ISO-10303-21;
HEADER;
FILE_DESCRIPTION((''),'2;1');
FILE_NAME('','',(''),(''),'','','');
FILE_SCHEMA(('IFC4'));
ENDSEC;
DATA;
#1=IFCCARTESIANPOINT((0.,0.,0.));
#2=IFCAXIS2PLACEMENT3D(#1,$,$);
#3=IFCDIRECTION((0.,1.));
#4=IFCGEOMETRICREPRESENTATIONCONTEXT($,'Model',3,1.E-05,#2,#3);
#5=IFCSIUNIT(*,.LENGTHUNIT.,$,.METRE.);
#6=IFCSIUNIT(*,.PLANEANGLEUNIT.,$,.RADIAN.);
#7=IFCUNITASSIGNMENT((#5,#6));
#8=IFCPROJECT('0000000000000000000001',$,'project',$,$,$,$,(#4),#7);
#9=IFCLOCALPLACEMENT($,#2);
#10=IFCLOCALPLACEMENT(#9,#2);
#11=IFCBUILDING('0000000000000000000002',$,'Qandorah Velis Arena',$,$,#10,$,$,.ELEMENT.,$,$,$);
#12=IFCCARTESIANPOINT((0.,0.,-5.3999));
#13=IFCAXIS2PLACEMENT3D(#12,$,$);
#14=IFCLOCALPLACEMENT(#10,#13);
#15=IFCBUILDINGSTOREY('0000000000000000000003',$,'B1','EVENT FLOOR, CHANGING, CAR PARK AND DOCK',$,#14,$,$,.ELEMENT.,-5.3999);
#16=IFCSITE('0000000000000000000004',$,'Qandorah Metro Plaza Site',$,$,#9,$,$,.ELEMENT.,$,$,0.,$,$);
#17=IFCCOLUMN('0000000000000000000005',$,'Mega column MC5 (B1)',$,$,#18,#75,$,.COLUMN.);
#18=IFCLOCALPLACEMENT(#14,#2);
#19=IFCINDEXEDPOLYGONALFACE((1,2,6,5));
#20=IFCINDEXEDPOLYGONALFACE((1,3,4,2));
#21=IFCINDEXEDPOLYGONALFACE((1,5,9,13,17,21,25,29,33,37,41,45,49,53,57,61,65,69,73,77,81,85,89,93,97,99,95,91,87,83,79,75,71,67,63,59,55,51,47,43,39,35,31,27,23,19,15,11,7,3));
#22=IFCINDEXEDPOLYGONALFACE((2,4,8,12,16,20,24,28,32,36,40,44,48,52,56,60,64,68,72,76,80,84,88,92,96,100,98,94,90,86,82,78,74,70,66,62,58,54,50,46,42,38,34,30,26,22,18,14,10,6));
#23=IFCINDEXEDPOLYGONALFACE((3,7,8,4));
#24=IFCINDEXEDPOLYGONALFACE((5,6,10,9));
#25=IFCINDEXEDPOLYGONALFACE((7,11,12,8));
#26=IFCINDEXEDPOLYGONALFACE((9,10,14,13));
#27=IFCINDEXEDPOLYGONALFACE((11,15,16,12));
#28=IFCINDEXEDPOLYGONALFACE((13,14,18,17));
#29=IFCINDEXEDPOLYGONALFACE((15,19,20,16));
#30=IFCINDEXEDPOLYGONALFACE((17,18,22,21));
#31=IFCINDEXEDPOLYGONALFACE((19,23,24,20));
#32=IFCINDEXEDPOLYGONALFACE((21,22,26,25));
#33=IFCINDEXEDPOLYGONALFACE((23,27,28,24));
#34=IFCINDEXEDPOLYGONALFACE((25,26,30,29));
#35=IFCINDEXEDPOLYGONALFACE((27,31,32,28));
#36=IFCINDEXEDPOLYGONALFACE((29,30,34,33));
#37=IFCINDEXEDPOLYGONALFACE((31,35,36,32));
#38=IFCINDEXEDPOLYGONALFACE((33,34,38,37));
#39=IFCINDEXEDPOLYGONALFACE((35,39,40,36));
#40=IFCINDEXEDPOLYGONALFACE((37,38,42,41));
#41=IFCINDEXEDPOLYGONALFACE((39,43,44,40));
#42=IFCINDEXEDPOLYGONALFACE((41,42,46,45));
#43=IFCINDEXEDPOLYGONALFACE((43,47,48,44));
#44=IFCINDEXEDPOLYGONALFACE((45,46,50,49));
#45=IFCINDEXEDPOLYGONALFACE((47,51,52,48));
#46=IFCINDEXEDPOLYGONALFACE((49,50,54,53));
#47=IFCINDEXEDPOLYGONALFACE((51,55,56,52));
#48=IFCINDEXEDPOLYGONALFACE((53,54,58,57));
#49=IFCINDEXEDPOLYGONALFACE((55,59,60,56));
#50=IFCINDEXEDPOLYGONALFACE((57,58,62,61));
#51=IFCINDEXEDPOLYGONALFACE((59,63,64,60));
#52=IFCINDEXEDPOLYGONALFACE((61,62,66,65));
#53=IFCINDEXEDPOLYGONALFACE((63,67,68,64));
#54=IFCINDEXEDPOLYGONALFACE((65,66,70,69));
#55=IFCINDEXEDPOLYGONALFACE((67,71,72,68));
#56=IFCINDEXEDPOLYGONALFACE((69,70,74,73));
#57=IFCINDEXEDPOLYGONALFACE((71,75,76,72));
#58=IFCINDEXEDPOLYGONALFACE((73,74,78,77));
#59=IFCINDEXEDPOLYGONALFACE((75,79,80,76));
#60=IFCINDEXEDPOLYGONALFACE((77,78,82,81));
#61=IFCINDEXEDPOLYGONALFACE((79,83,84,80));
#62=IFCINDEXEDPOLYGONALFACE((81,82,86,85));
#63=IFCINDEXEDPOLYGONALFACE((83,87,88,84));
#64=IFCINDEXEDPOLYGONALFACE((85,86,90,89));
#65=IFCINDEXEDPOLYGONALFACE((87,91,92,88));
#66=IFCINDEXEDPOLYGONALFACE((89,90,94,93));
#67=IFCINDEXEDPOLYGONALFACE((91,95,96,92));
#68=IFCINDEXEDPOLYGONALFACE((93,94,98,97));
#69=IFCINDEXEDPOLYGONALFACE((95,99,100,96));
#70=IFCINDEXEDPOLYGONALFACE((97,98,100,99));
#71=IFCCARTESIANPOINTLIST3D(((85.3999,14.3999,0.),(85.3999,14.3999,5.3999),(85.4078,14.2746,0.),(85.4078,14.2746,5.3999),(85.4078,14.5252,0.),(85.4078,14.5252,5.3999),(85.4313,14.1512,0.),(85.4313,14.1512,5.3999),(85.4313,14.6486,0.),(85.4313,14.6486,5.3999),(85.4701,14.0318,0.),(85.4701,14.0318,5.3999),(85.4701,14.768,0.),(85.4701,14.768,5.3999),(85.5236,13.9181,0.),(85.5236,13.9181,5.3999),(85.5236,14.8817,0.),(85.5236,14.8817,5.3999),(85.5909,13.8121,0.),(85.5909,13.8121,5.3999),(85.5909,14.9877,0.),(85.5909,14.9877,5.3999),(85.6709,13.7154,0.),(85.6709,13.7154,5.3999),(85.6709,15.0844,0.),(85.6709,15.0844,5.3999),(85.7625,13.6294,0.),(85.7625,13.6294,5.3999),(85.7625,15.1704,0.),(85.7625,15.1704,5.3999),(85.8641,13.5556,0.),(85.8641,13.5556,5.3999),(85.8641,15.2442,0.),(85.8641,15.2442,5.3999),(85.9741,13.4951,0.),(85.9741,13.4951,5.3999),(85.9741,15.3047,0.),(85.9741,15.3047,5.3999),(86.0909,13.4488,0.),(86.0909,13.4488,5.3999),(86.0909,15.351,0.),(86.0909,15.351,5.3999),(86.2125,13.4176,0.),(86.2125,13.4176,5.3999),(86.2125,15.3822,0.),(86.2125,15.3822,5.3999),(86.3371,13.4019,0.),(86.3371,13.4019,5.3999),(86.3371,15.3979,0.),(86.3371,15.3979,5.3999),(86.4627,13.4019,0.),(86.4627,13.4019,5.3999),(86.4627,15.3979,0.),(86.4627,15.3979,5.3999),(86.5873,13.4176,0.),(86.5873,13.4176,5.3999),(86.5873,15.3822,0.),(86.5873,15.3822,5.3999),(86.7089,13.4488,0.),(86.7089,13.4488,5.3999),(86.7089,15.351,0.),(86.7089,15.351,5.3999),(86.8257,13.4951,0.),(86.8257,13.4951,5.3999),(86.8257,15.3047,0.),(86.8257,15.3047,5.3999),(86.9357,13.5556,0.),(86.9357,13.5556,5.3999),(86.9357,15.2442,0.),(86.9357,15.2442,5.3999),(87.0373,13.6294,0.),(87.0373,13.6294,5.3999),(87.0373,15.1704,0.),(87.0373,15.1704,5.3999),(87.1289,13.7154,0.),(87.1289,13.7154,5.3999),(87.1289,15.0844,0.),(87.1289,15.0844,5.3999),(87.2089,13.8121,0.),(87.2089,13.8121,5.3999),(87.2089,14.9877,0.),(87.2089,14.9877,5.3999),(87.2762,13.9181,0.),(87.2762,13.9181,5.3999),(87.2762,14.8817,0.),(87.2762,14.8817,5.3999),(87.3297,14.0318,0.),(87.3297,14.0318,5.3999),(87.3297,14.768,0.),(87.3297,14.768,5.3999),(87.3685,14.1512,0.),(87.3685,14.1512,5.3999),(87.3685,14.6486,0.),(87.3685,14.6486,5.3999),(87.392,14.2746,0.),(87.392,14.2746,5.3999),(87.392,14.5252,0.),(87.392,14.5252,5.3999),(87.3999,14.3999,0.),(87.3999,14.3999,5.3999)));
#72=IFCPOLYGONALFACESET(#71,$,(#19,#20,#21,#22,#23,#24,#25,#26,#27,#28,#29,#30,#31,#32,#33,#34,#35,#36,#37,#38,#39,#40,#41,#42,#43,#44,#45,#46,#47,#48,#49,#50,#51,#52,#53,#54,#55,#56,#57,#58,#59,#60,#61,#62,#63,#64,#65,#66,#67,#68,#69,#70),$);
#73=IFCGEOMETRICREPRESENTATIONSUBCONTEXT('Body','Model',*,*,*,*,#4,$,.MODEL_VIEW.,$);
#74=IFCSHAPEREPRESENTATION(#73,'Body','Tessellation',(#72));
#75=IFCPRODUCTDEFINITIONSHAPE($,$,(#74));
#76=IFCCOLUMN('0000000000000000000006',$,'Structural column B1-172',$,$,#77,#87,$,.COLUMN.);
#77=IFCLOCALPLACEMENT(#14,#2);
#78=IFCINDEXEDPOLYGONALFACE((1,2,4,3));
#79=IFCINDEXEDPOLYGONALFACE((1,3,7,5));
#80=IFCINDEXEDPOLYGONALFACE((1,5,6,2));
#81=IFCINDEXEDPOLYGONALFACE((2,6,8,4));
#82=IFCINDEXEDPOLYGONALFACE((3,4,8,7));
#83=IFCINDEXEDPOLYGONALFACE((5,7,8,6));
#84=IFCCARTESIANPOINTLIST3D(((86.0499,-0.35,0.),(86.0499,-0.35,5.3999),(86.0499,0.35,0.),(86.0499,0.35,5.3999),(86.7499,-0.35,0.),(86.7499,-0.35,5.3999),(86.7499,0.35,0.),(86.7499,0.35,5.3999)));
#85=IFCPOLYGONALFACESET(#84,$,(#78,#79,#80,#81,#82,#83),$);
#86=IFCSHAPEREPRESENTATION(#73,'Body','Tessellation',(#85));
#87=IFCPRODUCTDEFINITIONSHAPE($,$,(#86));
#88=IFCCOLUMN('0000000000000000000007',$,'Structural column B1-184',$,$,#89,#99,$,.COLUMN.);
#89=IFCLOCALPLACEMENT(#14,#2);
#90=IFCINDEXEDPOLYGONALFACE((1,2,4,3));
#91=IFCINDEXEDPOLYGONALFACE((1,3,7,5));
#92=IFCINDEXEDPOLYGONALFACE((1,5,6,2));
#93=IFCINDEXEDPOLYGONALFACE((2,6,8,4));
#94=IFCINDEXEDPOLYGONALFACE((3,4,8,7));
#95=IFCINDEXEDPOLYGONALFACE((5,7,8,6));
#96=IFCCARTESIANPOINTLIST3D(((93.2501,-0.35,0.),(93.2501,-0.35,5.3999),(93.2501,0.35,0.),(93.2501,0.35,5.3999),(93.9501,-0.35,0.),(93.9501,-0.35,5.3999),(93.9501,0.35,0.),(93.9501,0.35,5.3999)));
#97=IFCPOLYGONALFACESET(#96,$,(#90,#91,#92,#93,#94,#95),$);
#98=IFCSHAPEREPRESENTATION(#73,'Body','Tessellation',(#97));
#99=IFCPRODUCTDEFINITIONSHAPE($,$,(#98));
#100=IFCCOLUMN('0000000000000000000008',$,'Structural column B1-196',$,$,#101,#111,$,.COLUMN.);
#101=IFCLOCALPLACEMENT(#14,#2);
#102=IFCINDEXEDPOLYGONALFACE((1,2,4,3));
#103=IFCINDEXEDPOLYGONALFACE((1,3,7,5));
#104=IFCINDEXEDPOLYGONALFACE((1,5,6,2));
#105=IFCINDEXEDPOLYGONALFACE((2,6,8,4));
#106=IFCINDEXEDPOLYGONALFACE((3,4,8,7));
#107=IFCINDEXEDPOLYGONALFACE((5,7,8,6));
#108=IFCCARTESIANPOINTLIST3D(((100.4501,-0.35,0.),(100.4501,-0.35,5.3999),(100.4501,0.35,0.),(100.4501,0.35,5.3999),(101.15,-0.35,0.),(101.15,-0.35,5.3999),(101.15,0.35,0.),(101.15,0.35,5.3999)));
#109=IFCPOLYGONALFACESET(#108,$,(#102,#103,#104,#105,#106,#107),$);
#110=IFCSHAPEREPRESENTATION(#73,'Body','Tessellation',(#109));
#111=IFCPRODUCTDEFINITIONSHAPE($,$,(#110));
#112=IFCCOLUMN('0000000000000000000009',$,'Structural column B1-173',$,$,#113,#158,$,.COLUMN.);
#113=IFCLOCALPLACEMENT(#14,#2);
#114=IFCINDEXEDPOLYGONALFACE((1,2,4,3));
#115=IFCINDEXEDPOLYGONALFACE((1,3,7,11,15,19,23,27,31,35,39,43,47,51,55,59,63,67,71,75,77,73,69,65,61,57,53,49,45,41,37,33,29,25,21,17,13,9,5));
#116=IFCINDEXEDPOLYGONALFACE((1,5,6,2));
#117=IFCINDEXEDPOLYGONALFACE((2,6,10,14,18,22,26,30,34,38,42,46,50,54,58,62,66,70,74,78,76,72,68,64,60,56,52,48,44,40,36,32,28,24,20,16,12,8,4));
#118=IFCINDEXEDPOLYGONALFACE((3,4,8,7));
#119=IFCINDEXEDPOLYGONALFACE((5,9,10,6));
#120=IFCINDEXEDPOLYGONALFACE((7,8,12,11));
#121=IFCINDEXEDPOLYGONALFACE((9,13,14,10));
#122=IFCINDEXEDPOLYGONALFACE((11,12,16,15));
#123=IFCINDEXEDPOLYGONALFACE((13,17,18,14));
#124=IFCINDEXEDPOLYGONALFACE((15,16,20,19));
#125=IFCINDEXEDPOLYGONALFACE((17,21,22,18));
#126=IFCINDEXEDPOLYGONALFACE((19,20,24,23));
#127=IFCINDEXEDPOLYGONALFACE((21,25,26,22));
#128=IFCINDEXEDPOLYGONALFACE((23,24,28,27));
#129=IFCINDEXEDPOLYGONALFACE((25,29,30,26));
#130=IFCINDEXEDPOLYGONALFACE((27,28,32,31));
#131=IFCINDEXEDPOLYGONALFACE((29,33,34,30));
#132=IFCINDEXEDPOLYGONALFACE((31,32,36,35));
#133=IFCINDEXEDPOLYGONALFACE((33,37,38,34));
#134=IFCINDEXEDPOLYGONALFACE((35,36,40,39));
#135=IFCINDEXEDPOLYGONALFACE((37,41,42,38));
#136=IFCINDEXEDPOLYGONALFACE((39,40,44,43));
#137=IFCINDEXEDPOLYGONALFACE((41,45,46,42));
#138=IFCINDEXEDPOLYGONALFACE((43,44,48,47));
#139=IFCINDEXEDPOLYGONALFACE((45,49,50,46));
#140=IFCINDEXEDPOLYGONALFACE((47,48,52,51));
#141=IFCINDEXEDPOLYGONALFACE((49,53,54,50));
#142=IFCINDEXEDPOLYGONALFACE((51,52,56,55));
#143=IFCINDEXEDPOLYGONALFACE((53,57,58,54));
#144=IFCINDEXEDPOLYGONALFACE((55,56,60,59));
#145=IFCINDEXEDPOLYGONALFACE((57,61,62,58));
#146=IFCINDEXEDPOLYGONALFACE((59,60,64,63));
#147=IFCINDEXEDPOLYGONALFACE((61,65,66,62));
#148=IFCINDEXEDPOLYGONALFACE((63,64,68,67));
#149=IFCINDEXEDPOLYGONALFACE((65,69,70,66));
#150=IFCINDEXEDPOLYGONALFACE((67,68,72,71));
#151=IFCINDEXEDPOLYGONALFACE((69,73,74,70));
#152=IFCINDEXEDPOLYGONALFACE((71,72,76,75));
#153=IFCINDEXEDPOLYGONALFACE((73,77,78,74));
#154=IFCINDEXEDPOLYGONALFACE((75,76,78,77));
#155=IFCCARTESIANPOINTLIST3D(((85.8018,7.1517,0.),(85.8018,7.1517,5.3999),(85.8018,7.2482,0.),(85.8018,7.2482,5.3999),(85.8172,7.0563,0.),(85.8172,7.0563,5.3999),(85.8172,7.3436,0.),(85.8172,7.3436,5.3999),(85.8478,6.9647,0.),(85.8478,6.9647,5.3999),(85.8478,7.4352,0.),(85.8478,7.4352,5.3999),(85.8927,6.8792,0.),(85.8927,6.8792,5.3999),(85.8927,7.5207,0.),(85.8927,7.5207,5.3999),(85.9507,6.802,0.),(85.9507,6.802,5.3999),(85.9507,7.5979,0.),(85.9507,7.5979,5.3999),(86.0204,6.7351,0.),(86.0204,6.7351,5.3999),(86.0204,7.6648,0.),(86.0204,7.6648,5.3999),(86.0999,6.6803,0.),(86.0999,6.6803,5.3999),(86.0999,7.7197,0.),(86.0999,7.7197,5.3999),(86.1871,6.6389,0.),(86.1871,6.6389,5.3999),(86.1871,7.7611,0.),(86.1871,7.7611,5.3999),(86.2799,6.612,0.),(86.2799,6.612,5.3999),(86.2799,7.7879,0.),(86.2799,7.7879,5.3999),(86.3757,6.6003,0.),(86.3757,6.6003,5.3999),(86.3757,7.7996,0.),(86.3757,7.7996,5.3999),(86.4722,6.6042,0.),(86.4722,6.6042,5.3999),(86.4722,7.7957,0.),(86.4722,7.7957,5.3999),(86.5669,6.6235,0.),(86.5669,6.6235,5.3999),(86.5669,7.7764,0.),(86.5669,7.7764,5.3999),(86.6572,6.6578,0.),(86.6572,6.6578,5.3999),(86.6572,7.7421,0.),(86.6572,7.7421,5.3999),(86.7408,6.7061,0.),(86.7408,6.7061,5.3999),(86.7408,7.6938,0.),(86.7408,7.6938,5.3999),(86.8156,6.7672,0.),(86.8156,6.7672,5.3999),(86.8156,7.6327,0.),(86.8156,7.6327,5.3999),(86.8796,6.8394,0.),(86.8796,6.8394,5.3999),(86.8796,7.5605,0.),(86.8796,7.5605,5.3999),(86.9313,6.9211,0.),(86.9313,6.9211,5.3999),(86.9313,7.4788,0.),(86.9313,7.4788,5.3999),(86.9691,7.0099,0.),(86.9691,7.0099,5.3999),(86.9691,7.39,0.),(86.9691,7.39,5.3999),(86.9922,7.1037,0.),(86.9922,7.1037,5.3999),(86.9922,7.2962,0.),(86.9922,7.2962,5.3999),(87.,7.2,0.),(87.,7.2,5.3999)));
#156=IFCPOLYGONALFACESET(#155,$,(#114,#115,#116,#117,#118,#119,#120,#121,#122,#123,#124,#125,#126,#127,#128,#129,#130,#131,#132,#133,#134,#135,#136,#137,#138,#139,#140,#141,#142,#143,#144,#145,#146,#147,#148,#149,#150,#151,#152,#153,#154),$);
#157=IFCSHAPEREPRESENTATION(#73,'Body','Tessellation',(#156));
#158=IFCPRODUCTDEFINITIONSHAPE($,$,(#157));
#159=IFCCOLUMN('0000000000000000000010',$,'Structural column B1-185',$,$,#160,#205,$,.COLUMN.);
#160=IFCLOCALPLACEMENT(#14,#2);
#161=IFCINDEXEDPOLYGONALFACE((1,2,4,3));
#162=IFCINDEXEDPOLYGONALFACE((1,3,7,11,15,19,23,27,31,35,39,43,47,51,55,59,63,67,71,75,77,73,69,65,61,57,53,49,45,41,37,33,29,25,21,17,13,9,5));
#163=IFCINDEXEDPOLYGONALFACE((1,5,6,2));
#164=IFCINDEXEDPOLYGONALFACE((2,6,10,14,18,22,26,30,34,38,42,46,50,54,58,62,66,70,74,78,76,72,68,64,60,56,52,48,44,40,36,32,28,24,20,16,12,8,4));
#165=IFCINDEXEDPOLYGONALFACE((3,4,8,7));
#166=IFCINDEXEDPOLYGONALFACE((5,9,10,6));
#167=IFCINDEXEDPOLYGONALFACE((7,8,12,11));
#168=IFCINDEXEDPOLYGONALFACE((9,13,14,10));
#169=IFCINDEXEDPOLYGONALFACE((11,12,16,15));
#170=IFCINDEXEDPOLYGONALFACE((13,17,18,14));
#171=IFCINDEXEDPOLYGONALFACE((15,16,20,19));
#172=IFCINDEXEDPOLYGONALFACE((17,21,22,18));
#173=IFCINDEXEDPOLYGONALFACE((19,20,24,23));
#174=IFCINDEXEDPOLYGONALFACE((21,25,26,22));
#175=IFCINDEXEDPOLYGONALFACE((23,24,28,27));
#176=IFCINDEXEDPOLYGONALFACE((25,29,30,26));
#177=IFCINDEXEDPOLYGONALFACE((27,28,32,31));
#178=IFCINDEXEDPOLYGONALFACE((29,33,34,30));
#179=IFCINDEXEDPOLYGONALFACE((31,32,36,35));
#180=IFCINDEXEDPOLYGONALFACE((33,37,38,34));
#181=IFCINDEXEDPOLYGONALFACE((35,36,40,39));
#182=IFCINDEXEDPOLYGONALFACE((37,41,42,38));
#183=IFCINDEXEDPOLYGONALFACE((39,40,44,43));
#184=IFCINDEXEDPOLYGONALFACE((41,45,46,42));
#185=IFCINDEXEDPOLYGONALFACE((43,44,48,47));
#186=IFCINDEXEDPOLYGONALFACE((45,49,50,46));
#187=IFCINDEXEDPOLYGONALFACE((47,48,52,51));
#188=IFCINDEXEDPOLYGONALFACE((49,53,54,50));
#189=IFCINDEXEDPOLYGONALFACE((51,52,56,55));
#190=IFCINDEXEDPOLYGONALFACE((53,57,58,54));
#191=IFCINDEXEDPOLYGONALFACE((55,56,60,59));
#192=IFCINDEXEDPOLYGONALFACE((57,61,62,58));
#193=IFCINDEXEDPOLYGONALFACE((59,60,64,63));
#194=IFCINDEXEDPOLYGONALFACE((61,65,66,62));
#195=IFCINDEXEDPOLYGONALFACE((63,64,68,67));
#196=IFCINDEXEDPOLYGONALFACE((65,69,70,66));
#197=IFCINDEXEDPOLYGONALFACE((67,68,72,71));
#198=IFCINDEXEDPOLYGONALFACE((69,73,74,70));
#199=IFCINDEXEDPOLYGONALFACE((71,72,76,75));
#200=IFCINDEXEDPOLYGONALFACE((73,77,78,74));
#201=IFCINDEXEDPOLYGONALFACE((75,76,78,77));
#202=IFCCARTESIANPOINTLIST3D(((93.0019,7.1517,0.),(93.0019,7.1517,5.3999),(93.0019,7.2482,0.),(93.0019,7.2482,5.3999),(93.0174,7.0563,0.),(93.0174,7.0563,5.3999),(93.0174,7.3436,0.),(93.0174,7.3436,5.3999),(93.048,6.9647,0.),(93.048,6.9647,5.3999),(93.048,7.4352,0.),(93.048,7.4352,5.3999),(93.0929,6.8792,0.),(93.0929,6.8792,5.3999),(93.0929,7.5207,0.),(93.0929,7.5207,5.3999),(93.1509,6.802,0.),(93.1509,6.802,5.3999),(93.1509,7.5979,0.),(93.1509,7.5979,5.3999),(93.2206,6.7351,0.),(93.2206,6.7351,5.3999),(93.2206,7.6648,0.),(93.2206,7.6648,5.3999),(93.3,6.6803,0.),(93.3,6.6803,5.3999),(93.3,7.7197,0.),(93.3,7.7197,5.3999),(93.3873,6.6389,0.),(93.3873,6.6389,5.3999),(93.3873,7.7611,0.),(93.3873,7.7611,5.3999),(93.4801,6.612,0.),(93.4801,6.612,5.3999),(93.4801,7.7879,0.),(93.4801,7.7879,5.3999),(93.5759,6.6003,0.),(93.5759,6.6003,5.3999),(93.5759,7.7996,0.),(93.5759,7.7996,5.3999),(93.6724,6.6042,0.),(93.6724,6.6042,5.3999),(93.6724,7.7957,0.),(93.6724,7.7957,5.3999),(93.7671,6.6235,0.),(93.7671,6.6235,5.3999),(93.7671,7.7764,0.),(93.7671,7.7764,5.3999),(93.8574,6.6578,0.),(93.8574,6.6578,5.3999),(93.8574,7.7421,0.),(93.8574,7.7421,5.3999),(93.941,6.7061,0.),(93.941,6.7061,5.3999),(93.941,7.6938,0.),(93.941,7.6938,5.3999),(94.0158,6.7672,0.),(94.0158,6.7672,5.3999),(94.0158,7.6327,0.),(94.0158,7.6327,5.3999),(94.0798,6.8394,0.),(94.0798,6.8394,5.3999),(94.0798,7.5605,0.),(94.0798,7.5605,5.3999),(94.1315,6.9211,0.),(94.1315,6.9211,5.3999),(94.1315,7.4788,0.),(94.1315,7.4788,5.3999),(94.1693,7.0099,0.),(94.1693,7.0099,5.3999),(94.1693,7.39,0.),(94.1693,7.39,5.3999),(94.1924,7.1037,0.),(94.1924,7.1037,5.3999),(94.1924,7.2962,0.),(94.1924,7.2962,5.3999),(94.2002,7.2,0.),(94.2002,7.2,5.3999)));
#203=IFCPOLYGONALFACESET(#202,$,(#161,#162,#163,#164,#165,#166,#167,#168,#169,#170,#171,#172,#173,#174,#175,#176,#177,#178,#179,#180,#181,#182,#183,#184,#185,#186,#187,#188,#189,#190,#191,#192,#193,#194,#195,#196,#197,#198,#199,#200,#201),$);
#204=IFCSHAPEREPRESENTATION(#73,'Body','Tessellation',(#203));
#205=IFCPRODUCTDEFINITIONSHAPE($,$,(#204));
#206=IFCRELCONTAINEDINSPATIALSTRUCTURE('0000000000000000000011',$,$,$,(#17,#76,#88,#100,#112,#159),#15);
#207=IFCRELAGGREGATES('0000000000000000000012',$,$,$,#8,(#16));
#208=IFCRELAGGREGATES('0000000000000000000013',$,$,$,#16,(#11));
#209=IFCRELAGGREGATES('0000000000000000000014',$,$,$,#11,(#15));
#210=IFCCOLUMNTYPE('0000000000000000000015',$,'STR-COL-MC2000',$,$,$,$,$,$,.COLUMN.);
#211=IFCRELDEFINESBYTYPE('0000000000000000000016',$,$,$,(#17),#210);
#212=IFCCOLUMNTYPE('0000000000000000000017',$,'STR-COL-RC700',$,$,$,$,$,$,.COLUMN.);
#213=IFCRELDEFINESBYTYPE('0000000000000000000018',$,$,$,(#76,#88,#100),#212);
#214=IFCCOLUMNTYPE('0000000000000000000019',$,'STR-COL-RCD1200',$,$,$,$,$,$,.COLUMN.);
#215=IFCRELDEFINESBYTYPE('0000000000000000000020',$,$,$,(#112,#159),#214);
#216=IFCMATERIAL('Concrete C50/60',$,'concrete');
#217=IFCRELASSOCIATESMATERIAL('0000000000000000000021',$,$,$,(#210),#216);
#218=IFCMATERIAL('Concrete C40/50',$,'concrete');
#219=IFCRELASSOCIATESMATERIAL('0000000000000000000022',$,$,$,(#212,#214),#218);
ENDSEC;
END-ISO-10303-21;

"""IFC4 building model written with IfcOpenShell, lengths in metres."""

from ifc_helpers import new_model, si_unit, direction, frame, origin, origin_2d, place, context, subcontext, project, spatial, rectangle, circle, extrude, material, material_profile, profile_set, type_object, element, save


model = new_model("IFC4")

# Units and contexts
model_context = context("Model", 3, precision=1e-05, world=origin(), true_north=direction((0.0, 1.0)))
body_context = subcontext(model_context, "Body", "Model", "MODEL_VIEW")
ifc_project = project(units=[si_unit("LENGTHUNIT", "METRE"), si_unit("PLANEANGLEUNIT", "RADIAN")], contexts=[model_context])

# Site, building, storey
site_placement = place(None, origin())
site = spatial("IfcSite", under=ifc_project, at=site_placement, Name="Qandorah Metro Plaza Site", CompositionType="ELEMENT", RefElevation=0.0)
building_placement = place(site_placement, origin())
building = spatial("IfcBuilding", under=site, at=building_placement, Name="Qandorah Velis Arena", CompositionType="ELEMENT")
storey_placement = place(building_placement, frame((0.0, 0.0, -5.3999)))
storey = spatial("IfcBuildingStorey", under=building, at=storey_placement, Name="B1", Description="EVENT FLOOR, CHANGING, CAR PARK AND DOCK", CompositionType="ELEMENT", Elevation=-5.3999)

# Shared definitions
ifc_material_1 = material(Name="Concrete C40/50", Category="concrete")

# Columns
ifc_material_2 = material(Name="Concrete C50/60", Category="concrete")
ifc_material_profile_1 = material_profile(ifc_material_2, circle(Radius=1.0, at=origin_2d()), Name="MC D2000")
ifc_profile_set_1 = profile_set([ifc_material_profile_1], Name="Concrete C50/60")
column_type_1 = type_object("IfcColumnType", Name="STR-COL-MC2000", PredefinedType="COLUMN", material=ifc_profile_set_1)
column_placement = place(storey_placement, frame((86.3999, 14.3999, 0.0), z_axis=(0.0, 0.0, 1.0), x_axis=(1.0, 0.0, 0.0)))
element("IfcColumn", 1, at=column_placement, inside=storey, type_object=column_type_1, Name="Mega column MC5 (B1)", PredefinedType="COLUMN", context=body_context, shape_type="SweptSolid", body=[
    extrude(circle(Radius=1.0, at=origin_2d()), origin(), (0.0, 0.0, 1.0), 5.3999),
])
ifc_material_profile_2 = material_profile(ifc_material_1, rectangle(XDim=0.7, YDim=0.7, at=origin_2d()), Name="RC COL 700x700")
ifc_profile_set_2 = profile_set([ifc_material_profile_2], Name="Concrete C40/50")
column_type_2 = type_object("IfcColumnType", Name="STR-COL-RC700", PredefinedType="COLUMN", material=ifc_profile_set_2)
for number, where, z_axis, x_axis, name in (
    (2, (86.3999, 0.0, 0.0), (0.0, 0.0, 1.0), (1.0, 0.0, 0.0), "Structural column B1-172"),
    (3, (93.6001, 0.0, 0.0), (0.0, 0.0, 1.0), (1.0, 0.0, 0.0), "Structural column B1-184"),
    (4, (100.8, 0.0, 0.0), (0.0, 0.0, 1.0), (1.0, 0.0, 0.0), "Structural column B1-196"),
):
    element("IfcColumn", number, at=place(storey_placement, frame(where, z_axis=z_axis, x_axis=x_axis)), inside=storey, type_object=column_type_2, Name=name, PredefinedType="COLUMN", context=body_context, shape_type="SweptSolid", body=[
        extrude(rectangle(XDim=0.7, YDim=0.7, at=origin_2d()), origin(), (0.0, 0.0, 1.0), 5.3999),
    ])
ifc_material_profile_3 = material_profile(ifc_material_1, circle(Radius=0.6001, at=origin_2d()), Name="RC D1200")
ifc_profile_set_3 = profile_set([ifc_material_profile_3], Name="Concrete C40/50")
column_type_3 = type_object("IfcColumnType", Name="STR-COL-RCD1200", PredefinedType="COLUMN", material=ifc_profile_set_3)
for number, where, z_axis, x_axis, name in (
    (5, (86.3999, 7.2, 0.0), (0.0, 0.0, 1.0), (1.0, 0.0, 0.0), "Structural column B1-173"),
    (6, (93.6001, 7.2, 0.0), (0.0, 0.0, 1.0), (1.0, 0.0, 0.0), "Structural column B1-185"),
):
    element("IfcColumn", number, at=place(storey_placement, frame(where, z_axis=z_axis, x_axis=x_axis)), inside=storey, type_object=column_type_3, Name=name, PredefinedType="COLUMN", context=body_context, shape_type="SweptSolid", body=[
        extrude(circle(Radius=0.6001, at=origin_2d()), origin(), (0.0, 0.0, 1.0), 5.3999),
    ])

save(model, "model.ifc")
